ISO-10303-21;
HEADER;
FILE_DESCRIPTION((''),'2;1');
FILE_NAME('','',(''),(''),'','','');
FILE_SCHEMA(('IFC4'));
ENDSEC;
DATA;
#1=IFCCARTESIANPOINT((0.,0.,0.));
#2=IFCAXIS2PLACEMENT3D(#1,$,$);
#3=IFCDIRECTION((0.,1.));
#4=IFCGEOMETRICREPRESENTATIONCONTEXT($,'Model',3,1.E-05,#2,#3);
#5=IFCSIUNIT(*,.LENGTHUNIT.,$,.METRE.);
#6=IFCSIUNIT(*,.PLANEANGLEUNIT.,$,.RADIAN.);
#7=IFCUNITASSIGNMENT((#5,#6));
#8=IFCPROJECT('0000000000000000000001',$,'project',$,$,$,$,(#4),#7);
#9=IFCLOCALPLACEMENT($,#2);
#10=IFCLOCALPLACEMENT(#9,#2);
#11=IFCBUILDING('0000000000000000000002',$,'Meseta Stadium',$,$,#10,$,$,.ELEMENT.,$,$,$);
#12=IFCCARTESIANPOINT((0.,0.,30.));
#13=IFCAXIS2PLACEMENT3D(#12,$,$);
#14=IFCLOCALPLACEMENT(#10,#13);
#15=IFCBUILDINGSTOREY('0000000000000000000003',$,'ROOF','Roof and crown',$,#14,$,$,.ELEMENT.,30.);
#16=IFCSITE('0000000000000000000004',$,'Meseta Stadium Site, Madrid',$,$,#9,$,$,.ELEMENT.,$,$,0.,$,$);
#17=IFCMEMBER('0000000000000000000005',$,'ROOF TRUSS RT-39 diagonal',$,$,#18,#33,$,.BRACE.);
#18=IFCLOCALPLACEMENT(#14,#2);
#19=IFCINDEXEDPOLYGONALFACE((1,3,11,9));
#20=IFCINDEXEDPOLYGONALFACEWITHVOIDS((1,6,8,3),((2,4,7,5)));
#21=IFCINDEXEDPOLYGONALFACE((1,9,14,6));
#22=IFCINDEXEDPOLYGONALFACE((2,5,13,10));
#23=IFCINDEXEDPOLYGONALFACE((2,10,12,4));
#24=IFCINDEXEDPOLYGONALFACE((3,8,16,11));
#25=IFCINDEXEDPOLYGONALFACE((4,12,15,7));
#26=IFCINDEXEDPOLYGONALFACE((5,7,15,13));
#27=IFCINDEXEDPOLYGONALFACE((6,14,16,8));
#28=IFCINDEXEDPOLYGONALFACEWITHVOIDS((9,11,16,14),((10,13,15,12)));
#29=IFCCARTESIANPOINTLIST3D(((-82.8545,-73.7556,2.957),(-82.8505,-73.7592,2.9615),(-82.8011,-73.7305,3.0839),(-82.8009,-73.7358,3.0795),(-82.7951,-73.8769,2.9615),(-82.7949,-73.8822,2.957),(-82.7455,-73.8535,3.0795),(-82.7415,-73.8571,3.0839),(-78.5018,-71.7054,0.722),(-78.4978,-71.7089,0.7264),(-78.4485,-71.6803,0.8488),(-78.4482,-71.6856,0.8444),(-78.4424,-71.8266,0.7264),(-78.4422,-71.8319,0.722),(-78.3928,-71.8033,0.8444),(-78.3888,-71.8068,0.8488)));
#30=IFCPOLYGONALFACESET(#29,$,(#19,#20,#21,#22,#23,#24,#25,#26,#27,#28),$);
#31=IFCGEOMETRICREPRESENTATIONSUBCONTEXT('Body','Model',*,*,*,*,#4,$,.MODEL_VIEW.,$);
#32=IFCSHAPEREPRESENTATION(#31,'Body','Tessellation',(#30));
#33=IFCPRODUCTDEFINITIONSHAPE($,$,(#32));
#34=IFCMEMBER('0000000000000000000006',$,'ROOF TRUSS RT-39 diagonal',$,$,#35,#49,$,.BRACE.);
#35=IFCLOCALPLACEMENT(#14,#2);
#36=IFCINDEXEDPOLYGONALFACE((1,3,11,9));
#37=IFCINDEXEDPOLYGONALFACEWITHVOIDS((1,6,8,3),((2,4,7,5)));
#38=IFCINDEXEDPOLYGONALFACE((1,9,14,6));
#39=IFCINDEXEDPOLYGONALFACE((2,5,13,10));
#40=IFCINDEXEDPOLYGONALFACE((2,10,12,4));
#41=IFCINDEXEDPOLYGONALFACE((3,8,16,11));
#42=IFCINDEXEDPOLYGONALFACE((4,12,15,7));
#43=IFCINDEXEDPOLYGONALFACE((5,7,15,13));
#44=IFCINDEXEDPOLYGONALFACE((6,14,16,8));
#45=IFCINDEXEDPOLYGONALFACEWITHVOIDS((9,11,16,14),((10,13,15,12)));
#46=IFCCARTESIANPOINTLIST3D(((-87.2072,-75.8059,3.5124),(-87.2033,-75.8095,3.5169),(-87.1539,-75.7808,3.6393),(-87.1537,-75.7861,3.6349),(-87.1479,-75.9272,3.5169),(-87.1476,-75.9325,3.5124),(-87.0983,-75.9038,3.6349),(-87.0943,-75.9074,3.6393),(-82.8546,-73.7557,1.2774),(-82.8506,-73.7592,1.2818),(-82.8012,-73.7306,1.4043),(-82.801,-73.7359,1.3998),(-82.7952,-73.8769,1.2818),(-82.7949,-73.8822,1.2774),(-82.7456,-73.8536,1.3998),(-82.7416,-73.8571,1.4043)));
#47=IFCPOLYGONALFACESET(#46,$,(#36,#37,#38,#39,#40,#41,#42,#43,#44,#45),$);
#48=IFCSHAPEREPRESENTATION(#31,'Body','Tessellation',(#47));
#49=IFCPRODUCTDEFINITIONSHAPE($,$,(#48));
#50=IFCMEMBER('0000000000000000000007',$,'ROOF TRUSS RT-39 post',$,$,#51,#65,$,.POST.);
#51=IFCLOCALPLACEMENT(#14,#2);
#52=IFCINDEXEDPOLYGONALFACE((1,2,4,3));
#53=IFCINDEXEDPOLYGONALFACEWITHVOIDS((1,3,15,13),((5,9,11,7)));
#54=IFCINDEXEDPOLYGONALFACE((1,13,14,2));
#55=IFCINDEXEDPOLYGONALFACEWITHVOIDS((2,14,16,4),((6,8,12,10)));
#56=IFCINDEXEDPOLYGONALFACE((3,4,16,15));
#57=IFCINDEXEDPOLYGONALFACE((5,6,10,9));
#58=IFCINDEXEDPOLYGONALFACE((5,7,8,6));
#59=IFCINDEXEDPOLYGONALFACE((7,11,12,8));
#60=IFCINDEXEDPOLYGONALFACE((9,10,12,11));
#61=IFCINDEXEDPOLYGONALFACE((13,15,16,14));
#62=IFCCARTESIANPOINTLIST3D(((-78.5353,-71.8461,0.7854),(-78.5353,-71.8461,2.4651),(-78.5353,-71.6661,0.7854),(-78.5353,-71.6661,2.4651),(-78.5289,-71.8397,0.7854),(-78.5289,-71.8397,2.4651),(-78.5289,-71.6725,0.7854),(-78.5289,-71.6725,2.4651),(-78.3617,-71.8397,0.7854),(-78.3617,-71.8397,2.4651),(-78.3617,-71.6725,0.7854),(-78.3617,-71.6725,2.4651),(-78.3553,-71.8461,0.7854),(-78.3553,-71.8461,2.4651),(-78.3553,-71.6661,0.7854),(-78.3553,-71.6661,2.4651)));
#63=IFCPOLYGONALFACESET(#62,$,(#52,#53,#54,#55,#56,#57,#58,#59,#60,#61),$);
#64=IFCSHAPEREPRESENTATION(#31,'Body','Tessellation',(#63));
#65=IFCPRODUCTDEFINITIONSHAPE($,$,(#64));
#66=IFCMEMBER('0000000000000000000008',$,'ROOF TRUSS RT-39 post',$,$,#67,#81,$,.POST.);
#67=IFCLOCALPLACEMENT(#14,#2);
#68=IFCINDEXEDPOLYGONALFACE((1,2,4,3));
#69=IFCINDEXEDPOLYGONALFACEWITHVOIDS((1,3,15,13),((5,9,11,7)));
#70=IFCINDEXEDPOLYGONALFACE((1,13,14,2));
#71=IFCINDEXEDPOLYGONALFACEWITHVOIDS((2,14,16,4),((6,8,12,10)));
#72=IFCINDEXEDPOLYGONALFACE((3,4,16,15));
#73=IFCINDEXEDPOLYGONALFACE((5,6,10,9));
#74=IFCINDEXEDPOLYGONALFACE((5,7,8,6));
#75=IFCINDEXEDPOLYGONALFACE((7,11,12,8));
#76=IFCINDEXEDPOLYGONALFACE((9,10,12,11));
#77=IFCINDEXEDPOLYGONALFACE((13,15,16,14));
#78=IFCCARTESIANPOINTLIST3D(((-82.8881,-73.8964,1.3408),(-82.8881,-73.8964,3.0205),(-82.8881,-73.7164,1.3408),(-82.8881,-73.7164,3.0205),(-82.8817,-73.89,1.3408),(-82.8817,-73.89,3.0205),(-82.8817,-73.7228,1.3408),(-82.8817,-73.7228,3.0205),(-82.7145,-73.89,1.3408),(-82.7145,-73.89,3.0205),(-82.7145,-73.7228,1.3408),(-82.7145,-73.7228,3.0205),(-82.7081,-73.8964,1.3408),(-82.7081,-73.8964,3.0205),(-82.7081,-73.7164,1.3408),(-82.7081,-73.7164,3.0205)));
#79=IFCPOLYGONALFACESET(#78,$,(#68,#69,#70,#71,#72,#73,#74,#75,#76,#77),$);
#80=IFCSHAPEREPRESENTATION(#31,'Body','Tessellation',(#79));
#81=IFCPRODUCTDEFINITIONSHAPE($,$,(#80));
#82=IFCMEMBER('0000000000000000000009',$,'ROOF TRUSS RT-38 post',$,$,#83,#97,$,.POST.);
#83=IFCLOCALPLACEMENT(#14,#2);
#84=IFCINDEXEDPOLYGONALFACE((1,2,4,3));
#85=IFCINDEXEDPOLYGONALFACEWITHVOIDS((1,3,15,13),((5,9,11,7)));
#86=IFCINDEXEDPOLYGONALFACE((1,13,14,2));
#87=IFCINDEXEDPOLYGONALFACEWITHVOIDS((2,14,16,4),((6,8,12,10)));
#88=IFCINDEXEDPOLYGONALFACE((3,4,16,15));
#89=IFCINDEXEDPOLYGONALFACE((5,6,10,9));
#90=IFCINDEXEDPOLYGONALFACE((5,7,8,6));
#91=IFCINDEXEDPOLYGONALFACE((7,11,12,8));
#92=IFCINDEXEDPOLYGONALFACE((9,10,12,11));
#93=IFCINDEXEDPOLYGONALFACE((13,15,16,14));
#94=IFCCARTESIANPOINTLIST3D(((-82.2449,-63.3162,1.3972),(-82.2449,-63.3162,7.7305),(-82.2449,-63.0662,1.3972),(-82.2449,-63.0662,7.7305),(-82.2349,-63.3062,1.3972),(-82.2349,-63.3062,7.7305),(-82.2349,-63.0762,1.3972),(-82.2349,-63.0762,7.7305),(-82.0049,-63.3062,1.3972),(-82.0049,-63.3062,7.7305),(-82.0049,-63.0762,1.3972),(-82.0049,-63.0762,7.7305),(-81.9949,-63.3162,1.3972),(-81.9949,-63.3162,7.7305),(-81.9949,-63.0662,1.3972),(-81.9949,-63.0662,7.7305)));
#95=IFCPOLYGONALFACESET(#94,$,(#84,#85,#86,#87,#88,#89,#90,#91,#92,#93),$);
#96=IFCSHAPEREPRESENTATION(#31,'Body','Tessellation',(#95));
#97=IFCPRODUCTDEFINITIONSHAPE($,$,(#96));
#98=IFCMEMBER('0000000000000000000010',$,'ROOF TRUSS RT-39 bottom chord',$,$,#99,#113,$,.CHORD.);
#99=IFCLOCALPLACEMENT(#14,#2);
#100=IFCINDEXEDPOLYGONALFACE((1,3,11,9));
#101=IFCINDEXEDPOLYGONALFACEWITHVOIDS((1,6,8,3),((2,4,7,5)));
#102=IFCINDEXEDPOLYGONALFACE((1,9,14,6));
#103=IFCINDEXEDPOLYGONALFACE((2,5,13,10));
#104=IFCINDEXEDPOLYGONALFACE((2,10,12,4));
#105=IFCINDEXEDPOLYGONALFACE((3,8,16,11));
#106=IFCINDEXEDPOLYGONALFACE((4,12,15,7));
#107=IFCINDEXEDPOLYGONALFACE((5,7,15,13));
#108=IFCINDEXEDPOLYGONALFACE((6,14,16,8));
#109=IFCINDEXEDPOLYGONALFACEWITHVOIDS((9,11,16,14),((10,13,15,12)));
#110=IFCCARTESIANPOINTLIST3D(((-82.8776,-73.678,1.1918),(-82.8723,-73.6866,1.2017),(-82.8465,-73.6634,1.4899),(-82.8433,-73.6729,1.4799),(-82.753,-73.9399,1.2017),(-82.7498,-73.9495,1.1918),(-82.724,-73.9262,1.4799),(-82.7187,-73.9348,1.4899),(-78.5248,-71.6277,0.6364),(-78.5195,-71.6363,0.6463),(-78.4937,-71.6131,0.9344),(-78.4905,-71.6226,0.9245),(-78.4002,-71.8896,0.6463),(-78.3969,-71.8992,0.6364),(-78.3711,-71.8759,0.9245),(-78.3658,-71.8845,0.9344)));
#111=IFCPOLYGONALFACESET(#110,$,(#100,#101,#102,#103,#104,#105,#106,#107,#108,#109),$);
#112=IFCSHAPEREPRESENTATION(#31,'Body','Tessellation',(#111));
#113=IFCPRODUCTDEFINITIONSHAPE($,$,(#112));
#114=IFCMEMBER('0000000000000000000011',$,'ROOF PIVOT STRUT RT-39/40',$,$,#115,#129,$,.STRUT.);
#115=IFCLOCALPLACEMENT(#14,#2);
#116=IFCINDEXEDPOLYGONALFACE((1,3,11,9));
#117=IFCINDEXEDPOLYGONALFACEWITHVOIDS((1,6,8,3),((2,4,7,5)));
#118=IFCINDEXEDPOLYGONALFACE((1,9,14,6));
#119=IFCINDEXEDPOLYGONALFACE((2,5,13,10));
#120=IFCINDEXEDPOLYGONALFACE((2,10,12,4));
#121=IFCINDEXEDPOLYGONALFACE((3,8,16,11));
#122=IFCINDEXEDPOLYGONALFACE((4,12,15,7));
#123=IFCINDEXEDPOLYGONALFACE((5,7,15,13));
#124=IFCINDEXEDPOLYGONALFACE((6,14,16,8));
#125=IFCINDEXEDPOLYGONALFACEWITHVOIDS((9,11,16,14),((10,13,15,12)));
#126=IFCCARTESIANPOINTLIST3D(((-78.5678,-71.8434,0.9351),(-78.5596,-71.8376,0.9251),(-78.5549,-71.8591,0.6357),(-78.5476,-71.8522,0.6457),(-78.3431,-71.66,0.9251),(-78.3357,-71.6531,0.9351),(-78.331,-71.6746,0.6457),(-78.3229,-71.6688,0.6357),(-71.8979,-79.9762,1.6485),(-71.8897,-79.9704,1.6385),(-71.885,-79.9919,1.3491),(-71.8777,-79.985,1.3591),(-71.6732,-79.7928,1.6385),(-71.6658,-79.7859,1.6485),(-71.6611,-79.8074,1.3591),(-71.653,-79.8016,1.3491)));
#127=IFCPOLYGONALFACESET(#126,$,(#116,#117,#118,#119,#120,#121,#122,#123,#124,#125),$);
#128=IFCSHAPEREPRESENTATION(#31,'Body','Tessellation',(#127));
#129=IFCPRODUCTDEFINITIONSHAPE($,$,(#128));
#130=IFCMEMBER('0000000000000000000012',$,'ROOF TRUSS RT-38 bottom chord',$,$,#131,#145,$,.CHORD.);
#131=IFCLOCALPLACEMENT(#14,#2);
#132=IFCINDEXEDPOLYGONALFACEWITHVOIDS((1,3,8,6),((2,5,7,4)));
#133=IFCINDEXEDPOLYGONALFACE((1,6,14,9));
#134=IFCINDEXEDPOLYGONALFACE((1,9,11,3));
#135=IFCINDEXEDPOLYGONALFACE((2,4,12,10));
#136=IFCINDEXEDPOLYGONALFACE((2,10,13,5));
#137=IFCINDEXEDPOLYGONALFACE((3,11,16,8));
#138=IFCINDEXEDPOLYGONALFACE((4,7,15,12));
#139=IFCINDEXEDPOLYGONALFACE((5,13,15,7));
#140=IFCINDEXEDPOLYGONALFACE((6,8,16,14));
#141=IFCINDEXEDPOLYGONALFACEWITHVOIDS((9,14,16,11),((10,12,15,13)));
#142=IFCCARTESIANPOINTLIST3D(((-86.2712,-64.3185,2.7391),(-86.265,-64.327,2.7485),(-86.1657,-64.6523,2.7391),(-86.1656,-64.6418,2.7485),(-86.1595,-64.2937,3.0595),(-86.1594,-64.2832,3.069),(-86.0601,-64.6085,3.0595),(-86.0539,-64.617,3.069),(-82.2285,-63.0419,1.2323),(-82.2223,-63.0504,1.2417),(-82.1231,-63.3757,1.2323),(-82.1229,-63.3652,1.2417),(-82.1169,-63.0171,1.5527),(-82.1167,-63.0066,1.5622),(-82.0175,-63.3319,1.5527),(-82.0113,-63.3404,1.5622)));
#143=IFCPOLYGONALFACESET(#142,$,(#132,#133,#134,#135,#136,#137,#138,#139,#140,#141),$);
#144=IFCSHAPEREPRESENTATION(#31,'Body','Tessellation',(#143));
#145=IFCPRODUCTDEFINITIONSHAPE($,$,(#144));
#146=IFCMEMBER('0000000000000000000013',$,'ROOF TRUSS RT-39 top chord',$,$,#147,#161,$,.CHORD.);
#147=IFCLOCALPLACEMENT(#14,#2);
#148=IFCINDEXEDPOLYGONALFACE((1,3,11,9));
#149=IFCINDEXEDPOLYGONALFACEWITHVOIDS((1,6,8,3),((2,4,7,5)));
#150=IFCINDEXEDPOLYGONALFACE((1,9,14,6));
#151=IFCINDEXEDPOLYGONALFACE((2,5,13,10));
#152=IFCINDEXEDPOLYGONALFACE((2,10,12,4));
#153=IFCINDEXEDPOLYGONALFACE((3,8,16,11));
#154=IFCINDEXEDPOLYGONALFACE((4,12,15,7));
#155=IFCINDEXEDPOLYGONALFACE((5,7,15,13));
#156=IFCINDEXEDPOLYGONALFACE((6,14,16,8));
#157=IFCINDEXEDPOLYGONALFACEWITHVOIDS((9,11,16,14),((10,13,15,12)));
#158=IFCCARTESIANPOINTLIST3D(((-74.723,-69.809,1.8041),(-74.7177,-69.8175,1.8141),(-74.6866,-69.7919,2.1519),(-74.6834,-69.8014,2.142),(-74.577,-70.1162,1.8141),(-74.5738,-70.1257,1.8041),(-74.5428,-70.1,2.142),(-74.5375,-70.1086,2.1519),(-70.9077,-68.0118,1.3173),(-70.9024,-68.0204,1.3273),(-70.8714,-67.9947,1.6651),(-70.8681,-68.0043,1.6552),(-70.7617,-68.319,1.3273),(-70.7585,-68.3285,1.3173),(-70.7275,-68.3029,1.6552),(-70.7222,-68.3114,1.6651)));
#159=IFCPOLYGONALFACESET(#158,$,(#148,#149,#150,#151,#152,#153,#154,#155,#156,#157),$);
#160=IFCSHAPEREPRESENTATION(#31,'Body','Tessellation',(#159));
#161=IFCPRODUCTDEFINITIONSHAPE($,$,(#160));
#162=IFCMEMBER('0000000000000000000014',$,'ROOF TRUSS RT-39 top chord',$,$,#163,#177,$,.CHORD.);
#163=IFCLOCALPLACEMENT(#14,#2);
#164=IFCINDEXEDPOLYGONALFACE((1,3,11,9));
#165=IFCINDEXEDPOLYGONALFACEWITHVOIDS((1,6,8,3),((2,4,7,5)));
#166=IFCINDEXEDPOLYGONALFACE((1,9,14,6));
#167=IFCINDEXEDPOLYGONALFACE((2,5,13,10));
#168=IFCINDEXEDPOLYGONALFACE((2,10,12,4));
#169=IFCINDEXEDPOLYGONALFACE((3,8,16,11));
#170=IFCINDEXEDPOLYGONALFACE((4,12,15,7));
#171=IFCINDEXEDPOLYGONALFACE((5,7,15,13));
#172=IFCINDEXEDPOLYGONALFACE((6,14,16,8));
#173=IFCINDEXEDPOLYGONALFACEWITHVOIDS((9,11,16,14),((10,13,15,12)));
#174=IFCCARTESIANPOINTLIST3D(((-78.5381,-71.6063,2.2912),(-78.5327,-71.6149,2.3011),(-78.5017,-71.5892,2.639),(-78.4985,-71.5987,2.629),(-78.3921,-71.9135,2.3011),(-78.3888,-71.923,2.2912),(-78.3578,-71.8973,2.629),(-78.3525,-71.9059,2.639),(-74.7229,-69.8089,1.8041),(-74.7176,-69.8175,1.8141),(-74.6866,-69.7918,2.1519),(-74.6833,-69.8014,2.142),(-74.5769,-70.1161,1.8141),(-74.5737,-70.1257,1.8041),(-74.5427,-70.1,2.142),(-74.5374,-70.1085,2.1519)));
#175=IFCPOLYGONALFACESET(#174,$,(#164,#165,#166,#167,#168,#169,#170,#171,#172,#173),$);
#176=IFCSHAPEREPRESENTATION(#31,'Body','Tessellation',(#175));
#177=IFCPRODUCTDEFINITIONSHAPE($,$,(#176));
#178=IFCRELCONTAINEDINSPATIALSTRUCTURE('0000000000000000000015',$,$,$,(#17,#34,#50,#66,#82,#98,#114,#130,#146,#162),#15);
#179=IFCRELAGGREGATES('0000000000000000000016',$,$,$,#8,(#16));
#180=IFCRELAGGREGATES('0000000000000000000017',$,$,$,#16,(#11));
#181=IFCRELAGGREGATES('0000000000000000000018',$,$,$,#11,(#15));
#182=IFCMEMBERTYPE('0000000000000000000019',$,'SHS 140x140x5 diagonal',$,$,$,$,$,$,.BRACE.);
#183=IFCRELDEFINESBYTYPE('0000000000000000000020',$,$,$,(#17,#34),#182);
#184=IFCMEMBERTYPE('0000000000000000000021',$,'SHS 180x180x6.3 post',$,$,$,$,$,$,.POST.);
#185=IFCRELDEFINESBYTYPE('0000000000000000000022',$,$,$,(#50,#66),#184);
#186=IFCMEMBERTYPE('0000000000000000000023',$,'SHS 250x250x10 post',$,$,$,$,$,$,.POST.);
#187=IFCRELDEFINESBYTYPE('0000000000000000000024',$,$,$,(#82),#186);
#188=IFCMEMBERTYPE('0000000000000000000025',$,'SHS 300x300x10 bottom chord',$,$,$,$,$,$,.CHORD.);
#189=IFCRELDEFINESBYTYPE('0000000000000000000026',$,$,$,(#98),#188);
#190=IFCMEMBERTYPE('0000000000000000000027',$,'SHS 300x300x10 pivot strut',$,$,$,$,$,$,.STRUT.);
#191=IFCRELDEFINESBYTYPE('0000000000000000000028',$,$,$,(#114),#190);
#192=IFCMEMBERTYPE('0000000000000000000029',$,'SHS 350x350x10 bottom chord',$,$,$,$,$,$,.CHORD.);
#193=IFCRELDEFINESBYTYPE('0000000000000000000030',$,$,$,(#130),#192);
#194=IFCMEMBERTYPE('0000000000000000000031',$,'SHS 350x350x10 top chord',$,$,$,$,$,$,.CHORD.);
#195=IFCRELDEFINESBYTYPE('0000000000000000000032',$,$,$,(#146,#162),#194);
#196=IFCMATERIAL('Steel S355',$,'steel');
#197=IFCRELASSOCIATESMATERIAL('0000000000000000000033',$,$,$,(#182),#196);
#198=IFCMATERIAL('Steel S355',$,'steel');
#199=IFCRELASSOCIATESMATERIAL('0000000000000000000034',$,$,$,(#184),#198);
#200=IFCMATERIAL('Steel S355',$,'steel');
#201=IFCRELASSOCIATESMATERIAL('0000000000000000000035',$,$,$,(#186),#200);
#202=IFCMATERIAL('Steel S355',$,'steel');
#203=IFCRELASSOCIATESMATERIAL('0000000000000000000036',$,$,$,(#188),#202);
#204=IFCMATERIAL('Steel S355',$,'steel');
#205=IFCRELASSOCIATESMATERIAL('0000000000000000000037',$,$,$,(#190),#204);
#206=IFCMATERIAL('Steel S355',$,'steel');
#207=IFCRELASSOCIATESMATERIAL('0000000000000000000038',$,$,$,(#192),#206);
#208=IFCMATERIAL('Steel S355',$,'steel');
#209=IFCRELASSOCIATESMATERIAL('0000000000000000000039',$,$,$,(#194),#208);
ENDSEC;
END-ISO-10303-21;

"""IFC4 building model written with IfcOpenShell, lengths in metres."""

from ifc_helpers import new_model, si_unit, direction, frame, origin, origin_2d, place, context, subcontext, project, spatial, hollow_rectangle, extrude, material, material_profile, profile_set, type_object, element, save


model = new_model("IFC4")

# Units and contexts
model_context = context("Model", 3, precision=1e-05, world=origin(), true_north=direction((0.0, 1.0)))
body_context = subcontext(model_context, "Body", "Model", "MODEL_VIEW")
ifc_project = project(units=[si_unit("LENGTHUNIT", "METRE"), si_unit("PLANEANGLEUNIT", "RADIAN")], contexts=[model_context])

# Site, building, storey
site_placement = place(None, origin())
site = spatial("IfcSite", under=ifc_project, at=site_placement, Name="Meseta Stadium Site, Madrid", CompositionType="ELEMENT", RefElevation=0.0)
building_placement = place(site_placement, origin())
building = spatial("IfcBuilding", under=site, at=building_placement, Name="Meseta Stadium", CompositionType="ELEMENT")
storey_placement = place(building_placement, frame((0.0, 0.0, 30.0)))
storey = spatial("IfcBuildingStorey", under=building, at=storey_placement, Name="ROOF", Description="Roof and crown", CompositionType="ELEMENT", Elevation=30.0)

# Members
ifc_material_1 = material(Name="Steel S355", Category="steel")
ifc_material_profile_1 = material_profile(ifc_material_1, hollow_rectangle(XDim=0.1399, YDim=0.1399, WallThickness=0.0049, at=origin_2d()), Name="SHS 140x140x5")
ifc_profile_set_1 = profile_set([ifc_material_profile_1], Name="Steel S355")
member_type_1 = type_object("IfcMemberType", Name="SHS 140x140x5 diagonal", PredefinedType="BRACE", material=ifc_profile_set_1)
for number, where, z_axis, x_axis, name in (
    (1, (-78.4453, -71.7561, 0.7854), (-0.820461, -0.386462, 0.421298), (0.426124, -0.904665, 0.0), "ROOF TRUSS RT-39 diagonal"),
    (2, (-82.7981, -73.8064, 1.3408), (-0.820461, -0.386462, 0.421298), (0.426124, -0.904665, 0.0), "ROOF TRUSS RT-39 diagonal"),
):
    element("IfcMember", number, at=place(storey_placement, frame(where, z_axis=z_axis, x_axis=x_axis)), inside=storey, type_object=member_type_1, Name=name, PredefinedType="BRACE", context=body_context, shape_type="SweptSolid", body=[
        extrude(hollow_rectangle(XDim=0.1399, YDim=0.1399, WallThickness=0.0049, at=origin_2d()), origin(), (0.0, 0.0, 1.0), 5.3052),
    ])
ifc_material_2 = material(Name="Steel S355", Category="steel")
ifc_material_profile_2 = material_profile(ifc_material_2, hollow_rectangle(XDim=0.1799, YDim=0.1799, WallThickness=0.0063, at=origin_2d()), Name="SHS 180x180x6.3")
ifc_profile_set_2 = profile_set([ifc_material_profile_2], Name="Steel S355")
member_type_2 = type_object("IfcMemberType", Name="SHS 180x180x6.3 post", PredefinedType="POST", material=ifc_profile_set_2)
for number, where, z_axis, x_axis, name in (
    (3, (-78.4453, -71.7561, 0.7854), (0.0, 0.0, 1.0), (1.0, 0.0, 0.0), "ROOF TRUSS RT-39 post"),
    (4, (-82.7981, -73.8064, 1.3408), (0.0, 0.0, 1.0), (1.0, 0.0, 0.0), "ROOF TRUSS RT-39 post"),
):
    element("IfcMember", number, at=place(storey_placement, frame(where, z_axis=z_axis, x_axis=x_axis)), inside=storey, type_object=member_type_2, Name=name, PredefinedType="POST", context=body_context, shape_type="SweptSolid", body=[
        extrude(hollow_rectangle(XDim=0.1799, YDim=0.1799, WallThickness=0.0063, at=origin_2d()), origin(), (0.0, 0.0, 1.0), 1.6797),
    ])
ifc_material_3 = material(Name="Steel S355", Category="steel")
ifc_material_profile_3 = material_profile(ifc_material_3, hollow_rectangle(XDim=0.25, YDim=0.25, WallThickness=0.01, at=origin_2d()), Name="SHS 250x250x10")
ifc_profile_set_3 = profile_set([ifc_material_profile_3], Name="Steel S355")
member_type_3 = type_object("IfcMemberType", Name="SHS 250x250x10 post", PredefinedType="POST", material=ifc_profile_set_3)
member_1_placement = place(storey_placement, frame((-82.1199, -63.1912, 1.3972), z_axis=(0.0, 0.0, 1.0), x_axis=(1.0, 0.0, 0.0)))
element("IfcMember", 5, at=member_1_placement, inside=storey, type_object=member_type_3, Name="ROOF TRUSS RT-38 post", PredefinedType="POST", context=body_context, shape_type="SweptSolid", body=[
    extrude(hollow_rectangle(XDim=0.25, YDim=0.25, WallThickness=0.01, at=origin_2d()), origin(), (0.0, 0.0, 1.0), 6.3333),
])
ifc_material_4 = material(Name="Steel S355", Category="steel")
ifc_material_profile_4 = material_profile(ifc_material_4, hollow_rectangle(XDim=0.3, YDim=0.3, WallThickness=0.01, at=origin_2d()), Name="SHS 300x300x10")
ifc_profile_set_4 = profile_set([ifc_material_profile_4], Name="Steel S355")
member_type_4 = type_object("IfcMemberType", Name="SHS 300x300x10 bottom chord", PredefinedType="CHORD", material=ifc_profile_set_4)
member_2_placement = place(storey_placement, frame((-78.4453, -71.7561, 0.7854), z_axis=(-0.898697, -0.423313, 0.114675), x_axis=(0.426124, -0.904665, 0.0)))
element("IfcMember", 6, at=member_2_placement, inside=storey, type_object=member_type_4, Name="ROOF TRUSS RT-39 bottom chord", PredefinedType="CHORD", context=body_context, shape_type="SweptSolid", body=[
    extrude(hollow_rectangle(XDim=0.3, YDim=0.3, WallThickness=0.01, at=origin_2d()), origin(), (0.0, 0.0, 1.0), 4.8435),
])
ifc_material_5 = material(Name="Steel S355", Category="steel")
ifc_material_profile_5 = material_profile(ifc_material_5, hollow_rectangle(XDim=0.3, YDim=0.3, WallThickness=0.01, at=origin_2d()), Name="SHS 300x300x10")
ifc_profile_set_5 = profile_set([ifc_material_profile_5], Name="Steel S355")
member_type_5 = type_object("IfcMemberType", Name="SHS 300x300x10 pivot strut", PredefinedType="STRUT", material=ifc_profile_set_5)
member_3_placement = place(storey_placement, frame((-78.4453, -71.7561, 0.7854), z_axis=(0.632684, -0.771448, 0.067668), x_axis=(0.77322, 0.634137, 0.0)))
element("IfcMember", 7, at=member_3_placement, inside=storey, type_object=member_type_5, Name="ROOF PIVOT STRUT RT-39/40", PredefinedType="STRUT", context=body_context, shape_type="SweptSolid", body=[
    extrude(hollow_rectangle(XDim=0.3, YDim=0.3, WallThickness=0.01, at=origin_2d()), origin(), (0.0, 0.0, 1.0), 10.5422),
])
ifc_material_6 = material(Name="Steel S355", Category="steel")
ifc_material_profile_6 = material_profile(ifc_material_6, hollow_rectangle(XDim=0.3501, YDim=0.3501, WallThickness=0.01, at=origin_2d()), Name="SHS 350x350x10")
ifc_profile_set_6 = profile_set([ifc_material_profile_6], Name="Steel S355")
member_type_6 = type_object("IfcMemberType", Name="SHS 350x350x10 bottom chord", PredefinedType="CHORD", material=ifc_profile_set_6)
member_4_placement = place(storey_placement, frame((-82.1199, -63.1912, 1.3972), z_axis=(-0.898518, -0.283734, 0.334903), x_axis=(0.301123, -0.953585, 0.0)))
element("IfcMember", 8, at=member_4_placement, inside=storey, type_object=member_type_6, Name="ROOF TRUSS RT-38 bottom chord", PredefinedType="CHORD", context=body_context, shape_type="SweptSolid", body=[
    extrude(hollow_rectangle(XDim=0.3501, YDim=0.3501, WallThickness=0.01, at=origin_2d()), origin(), (0.0, 0.0, 1.0), 4.4993),
])
ifc_material_7 = material(Name="Steel S355", Category="steel")
ifc_material_profile_7 = material_profile(ifc_material_7, hollow_rectangle(XDim=0.3501, YDim=0.3501, WallThickness=0.01, at=origin_2d()), Name="SHS 350x350x10")
ifc_profile_set_7 = profile_set([ifc_material_profile_7], Name="Steel S355")
member_type_7 = type_object("IfcMemberType", Name="SHS 350x350x10 top chord", PredefinedType="CHORD", material=ifc_profile_set_7)
for number, where, z_axis, x_axis, name in (
    (9, (-70.8149, -68.1616, 1.4912), (-0.898692, -0.423323, 0.114673), (0.426134, -0.90466, 0.0), "ROOF TRUSS RT-39 top chord"),
    (10, (-74.6301, -69.9587, 1.978), (-0.898664, -0.423368, 0.114727), (0.426182, -0.904638, 0.0), "ROOF TRUSS RT-39 top chord"),
):
    element("IfcMember", number, at=place(storey_placement, frame(where, z_axis=z_axis, x_axis=x_axis)), inside=storey, type_object=member_type_7, Name=name, PredefinedType="CHORD", context=body_context, shape_type="SweptSolid", body=[
        extrude(hollow_rectangle(XDim=0.3501, YDim=0.3501, WallThickness=0.01, at=origin_2d()), origin(), (0.0, 0.0, 1.0), 4.2454),
    ])

save(model, "model.ifc")
